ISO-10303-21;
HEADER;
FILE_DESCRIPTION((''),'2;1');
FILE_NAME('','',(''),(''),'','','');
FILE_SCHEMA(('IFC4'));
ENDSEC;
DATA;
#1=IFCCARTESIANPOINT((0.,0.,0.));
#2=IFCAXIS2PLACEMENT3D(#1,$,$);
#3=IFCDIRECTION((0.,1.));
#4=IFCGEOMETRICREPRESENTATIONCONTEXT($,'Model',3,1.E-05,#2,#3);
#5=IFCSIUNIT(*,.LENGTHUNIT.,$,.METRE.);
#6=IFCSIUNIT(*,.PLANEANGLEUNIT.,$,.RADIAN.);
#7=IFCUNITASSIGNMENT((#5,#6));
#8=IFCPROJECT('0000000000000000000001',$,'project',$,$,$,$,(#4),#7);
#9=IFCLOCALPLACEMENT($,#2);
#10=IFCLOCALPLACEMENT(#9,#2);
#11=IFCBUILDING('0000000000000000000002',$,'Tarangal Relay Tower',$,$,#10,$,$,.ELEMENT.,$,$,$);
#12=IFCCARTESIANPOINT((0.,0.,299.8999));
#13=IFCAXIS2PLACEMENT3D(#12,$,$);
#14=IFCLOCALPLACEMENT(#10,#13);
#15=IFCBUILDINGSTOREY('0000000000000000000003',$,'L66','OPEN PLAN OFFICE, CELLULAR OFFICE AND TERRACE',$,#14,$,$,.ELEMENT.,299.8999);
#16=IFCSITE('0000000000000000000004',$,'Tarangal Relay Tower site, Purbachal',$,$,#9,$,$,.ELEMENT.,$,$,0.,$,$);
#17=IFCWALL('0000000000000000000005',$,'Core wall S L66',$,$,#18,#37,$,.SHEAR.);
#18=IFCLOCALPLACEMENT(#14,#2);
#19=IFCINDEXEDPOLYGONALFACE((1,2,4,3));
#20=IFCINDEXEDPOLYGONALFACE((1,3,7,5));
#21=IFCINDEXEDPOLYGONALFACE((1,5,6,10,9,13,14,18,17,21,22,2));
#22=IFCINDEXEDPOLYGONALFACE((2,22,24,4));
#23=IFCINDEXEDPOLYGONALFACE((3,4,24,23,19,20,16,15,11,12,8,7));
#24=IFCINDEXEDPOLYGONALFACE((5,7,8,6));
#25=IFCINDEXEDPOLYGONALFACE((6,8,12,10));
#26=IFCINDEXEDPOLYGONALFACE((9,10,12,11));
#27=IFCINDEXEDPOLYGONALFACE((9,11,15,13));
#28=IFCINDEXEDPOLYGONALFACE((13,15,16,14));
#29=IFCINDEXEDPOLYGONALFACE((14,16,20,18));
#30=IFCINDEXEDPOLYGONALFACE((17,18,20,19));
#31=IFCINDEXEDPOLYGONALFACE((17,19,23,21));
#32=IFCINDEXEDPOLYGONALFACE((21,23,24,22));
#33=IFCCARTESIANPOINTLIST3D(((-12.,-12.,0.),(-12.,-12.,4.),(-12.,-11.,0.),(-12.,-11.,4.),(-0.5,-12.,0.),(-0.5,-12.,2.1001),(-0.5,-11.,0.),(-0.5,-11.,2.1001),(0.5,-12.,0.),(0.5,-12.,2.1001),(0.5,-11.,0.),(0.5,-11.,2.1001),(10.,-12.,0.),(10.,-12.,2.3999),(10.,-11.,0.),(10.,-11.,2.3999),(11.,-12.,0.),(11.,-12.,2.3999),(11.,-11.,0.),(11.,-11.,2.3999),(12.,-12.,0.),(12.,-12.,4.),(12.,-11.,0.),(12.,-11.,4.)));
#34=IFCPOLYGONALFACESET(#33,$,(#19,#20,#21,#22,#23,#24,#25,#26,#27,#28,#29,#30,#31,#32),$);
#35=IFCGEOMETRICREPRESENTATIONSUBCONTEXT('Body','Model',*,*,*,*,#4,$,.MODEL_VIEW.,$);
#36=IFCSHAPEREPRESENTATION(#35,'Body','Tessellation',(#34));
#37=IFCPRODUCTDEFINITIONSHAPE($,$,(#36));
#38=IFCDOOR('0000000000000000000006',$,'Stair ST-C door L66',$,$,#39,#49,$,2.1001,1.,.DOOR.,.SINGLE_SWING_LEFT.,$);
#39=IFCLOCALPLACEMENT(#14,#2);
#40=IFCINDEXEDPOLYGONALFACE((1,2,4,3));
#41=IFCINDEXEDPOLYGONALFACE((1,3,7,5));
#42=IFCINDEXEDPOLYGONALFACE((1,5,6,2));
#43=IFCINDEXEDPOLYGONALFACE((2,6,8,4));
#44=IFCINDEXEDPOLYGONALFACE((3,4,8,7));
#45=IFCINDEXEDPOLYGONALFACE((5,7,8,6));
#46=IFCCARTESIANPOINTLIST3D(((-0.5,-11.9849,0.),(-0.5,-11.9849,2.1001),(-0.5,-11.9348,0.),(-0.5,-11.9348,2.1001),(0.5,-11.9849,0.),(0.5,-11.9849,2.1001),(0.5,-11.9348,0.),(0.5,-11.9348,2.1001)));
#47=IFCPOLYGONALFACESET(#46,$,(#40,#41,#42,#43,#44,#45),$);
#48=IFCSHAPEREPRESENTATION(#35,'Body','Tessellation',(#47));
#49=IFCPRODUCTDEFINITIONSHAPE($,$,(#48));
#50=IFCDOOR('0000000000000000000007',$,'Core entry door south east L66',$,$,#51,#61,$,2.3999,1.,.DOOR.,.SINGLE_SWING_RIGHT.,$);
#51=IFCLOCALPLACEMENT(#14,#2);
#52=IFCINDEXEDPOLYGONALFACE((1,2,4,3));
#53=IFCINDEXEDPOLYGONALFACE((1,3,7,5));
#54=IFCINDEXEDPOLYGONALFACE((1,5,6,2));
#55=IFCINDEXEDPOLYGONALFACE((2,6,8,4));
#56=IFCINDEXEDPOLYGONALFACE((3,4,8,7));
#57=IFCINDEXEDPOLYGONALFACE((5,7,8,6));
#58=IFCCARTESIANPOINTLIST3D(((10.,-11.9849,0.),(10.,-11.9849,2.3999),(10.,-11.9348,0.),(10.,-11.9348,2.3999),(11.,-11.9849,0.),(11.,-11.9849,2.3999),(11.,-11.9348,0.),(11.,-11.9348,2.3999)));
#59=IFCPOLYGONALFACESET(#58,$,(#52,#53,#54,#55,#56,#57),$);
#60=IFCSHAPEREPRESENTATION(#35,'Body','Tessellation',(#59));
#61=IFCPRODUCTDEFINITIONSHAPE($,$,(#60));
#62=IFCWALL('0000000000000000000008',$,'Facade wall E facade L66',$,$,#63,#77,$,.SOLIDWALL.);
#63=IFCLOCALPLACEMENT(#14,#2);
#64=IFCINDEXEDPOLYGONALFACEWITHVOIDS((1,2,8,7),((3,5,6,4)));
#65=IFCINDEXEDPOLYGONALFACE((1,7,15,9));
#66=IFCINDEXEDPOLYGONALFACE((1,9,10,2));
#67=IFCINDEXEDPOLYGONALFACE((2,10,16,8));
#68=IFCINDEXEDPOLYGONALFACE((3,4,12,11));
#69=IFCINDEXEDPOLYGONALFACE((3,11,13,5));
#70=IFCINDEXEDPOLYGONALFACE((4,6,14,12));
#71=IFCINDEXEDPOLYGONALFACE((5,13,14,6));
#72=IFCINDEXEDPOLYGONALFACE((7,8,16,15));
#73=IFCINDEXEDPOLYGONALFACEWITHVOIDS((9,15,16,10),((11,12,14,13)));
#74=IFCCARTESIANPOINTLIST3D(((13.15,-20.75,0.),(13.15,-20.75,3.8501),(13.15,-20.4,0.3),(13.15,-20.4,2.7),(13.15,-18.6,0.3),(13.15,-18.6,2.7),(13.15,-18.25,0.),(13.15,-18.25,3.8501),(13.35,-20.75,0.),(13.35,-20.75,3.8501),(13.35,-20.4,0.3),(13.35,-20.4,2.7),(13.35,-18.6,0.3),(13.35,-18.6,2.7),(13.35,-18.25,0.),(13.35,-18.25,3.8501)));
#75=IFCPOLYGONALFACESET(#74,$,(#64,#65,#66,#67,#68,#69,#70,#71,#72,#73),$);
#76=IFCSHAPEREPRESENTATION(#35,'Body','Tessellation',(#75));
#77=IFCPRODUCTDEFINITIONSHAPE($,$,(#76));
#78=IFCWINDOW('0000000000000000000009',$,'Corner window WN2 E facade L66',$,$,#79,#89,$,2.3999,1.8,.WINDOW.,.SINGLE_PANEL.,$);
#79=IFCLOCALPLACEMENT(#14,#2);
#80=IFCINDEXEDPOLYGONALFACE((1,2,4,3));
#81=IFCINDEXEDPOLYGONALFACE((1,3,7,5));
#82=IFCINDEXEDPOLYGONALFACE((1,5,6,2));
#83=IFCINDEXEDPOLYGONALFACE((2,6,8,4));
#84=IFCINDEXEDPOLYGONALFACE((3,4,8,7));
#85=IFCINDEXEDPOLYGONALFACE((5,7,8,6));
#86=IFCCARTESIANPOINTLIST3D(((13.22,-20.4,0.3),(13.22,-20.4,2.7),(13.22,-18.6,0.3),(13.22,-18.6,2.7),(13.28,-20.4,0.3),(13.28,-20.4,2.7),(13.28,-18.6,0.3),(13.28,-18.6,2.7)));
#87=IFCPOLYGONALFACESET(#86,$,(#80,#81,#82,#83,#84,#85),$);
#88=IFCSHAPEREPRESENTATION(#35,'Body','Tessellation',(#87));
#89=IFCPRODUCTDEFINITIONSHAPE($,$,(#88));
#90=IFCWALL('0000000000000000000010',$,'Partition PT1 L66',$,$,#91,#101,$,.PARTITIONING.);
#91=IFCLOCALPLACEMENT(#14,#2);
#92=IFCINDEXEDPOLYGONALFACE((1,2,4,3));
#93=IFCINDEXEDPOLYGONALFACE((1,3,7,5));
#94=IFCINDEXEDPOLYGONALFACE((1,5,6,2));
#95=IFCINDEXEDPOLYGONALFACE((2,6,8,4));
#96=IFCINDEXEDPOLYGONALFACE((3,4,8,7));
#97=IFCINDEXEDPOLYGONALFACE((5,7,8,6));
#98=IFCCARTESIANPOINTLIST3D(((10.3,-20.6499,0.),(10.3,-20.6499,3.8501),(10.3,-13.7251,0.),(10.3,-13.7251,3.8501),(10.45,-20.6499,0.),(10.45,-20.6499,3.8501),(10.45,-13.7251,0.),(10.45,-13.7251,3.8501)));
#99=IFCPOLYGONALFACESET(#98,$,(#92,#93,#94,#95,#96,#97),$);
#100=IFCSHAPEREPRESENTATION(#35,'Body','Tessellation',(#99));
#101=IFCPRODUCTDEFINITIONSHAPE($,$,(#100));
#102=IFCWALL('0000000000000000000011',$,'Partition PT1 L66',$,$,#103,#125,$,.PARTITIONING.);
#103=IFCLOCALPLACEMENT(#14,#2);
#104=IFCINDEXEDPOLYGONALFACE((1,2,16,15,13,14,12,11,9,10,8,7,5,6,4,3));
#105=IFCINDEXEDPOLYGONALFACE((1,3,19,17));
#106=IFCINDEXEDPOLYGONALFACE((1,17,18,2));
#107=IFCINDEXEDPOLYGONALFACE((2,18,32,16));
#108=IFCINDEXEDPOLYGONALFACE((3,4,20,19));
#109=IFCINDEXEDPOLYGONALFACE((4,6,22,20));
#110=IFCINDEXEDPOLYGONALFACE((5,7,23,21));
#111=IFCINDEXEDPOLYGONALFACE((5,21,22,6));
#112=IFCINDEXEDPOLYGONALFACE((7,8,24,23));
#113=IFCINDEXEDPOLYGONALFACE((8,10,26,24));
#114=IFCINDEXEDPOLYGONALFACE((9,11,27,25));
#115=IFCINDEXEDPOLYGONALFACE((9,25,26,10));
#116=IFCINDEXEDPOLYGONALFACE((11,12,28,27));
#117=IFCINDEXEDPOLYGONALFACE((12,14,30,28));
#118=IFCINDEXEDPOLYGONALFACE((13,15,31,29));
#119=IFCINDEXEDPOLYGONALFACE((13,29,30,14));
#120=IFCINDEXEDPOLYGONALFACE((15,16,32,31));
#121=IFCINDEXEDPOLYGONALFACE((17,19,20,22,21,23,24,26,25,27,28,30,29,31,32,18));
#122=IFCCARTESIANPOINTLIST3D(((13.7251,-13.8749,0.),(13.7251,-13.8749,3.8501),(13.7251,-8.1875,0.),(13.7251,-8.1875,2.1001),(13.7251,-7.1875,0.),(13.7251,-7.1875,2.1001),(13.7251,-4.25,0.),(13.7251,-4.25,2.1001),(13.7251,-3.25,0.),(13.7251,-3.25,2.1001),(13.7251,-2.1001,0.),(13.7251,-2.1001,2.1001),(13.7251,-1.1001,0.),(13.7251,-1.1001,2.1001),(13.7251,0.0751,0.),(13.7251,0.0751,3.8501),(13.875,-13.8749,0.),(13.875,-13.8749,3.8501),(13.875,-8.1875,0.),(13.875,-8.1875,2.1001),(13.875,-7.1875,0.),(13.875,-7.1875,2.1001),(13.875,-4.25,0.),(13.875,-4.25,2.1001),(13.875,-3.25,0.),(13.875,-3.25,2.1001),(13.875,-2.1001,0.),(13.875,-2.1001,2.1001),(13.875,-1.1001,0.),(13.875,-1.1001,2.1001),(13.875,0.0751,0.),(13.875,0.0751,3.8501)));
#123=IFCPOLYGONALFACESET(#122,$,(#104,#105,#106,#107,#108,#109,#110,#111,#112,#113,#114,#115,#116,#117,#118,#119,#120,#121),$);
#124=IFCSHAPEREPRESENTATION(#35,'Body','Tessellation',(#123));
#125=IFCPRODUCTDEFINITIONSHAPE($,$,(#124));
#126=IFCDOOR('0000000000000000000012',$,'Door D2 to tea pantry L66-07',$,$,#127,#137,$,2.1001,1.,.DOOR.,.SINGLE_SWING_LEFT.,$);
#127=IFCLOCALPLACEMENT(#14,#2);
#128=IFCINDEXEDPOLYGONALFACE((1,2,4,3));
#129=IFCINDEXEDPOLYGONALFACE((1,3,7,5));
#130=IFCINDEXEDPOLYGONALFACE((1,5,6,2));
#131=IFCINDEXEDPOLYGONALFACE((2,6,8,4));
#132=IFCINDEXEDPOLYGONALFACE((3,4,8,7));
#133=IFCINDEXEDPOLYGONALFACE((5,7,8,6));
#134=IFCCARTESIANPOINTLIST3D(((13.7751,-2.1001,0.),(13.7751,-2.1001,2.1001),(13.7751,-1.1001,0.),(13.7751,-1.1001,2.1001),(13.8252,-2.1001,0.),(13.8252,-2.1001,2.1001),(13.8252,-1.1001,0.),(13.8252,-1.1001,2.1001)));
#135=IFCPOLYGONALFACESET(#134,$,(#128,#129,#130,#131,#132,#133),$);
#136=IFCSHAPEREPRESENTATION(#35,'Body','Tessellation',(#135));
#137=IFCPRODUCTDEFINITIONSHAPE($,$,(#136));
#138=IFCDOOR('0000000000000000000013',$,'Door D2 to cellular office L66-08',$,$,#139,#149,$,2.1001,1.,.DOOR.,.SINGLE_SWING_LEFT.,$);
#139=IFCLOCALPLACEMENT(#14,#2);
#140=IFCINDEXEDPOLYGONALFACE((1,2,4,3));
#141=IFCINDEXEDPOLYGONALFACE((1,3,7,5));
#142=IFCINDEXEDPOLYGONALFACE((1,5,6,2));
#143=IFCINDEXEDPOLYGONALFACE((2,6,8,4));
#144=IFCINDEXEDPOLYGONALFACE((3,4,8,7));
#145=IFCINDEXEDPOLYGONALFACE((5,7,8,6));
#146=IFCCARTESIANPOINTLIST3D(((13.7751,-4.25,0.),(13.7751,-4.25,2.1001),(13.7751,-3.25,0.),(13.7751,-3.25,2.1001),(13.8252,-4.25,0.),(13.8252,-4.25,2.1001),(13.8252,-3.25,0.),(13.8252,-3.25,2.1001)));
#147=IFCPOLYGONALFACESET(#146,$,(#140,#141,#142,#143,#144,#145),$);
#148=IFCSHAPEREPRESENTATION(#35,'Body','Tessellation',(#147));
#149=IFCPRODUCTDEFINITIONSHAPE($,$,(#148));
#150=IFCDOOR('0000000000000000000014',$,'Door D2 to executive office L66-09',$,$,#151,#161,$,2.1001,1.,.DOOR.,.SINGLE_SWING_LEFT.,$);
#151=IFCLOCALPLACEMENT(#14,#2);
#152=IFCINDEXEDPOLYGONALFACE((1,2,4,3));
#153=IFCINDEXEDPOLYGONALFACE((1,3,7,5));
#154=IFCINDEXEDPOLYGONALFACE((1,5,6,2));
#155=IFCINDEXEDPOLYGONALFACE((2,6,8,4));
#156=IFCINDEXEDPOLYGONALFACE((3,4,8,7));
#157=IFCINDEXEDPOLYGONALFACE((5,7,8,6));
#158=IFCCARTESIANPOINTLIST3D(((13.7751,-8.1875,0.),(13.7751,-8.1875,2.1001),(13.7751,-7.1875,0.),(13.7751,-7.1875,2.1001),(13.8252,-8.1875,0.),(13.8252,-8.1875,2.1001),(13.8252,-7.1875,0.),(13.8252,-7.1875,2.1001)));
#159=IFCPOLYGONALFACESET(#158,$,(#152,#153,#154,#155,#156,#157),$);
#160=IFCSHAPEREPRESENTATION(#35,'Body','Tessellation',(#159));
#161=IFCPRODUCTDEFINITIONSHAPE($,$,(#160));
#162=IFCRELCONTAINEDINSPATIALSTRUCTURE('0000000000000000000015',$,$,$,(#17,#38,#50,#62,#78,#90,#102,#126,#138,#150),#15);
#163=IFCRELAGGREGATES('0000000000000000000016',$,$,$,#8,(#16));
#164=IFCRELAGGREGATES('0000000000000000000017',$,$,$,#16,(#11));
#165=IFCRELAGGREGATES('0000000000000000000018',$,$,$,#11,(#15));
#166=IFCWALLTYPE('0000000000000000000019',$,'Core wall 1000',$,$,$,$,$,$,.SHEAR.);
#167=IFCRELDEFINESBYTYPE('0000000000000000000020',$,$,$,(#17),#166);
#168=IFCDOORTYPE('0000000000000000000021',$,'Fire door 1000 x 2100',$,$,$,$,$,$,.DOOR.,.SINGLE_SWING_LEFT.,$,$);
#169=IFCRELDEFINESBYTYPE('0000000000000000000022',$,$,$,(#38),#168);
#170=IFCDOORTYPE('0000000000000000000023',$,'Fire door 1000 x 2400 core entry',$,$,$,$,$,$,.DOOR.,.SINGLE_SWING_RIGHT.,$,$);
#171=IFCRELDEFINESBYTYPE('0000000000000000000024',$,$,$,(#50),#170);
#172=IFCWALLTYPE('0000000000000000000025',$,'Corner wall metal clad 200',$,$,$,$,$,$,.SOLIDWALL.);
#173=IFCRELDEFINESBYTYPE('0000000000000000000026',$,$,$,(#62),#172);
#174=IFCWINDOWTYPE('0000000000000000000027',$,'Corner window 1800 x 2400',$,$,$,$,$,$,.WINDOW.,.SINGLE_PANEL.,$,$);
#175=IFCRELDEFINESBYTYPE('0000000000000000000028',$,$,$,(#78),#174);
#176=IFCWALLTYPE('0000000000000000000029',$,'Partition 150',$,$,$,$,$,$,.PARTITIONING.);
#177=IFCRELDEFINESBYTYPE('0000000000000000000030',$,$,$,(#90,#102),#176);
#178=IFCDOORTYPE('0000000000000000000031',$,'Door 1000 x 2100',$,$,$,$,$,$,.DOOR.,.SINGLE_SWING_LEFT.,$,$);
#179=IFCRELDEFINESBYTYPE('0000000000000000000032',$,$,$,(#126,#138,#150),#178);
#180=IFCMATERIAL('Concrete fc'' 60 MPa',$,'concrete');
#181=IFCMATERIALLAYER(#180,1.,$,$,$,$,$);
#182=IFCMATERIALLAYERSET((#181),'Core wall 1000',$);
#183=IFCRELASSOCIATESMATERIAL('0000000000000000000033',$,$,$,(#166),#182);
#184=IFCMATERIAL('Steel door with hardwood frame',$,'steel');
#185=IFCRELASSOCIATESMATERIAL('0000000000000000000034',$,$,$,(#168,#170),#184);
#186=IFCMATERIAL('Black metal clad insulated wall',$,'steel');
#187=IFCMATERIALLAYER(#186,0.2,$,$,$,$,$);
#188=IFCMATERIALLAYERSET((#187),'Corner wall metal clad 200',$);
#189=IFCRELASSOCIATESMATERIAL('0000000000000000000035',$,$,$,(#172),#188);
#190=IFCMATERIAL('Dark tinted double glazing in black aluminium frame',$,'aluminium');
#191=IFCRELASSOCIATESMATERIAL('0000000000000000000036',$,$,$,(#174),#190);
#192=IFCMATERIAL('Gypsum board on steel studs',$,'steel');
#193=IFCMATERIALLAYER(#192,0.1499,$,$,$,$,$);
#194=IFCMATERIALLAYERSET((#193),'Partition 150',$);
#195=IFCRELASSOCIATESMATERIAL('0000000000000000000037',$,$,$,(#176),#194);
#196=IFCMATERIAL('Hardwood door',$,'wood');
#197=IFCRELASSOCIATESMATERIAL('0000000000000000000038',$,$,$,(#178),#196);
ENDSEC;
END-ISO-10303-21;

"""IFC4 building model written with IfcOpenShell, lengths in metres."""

from ifc_helpers import new_model, si_unit, direction, frame, frame_2d, origin, place, context, subcontext, project, spatial, rectangle, extrude, material, layer, layer_set, type_object, element, fill, save


model = new_model("IFC4")

# Units and contexts
model_context = context("Model", 3, precision=1e-05, world=origin(), true_north=direction((0.0, 1.0)))
body_context = subcontext(model_context, "Body", "Model", "MODEL_VIEW")
ifc_project = project(units=[si_unit("LENGTHUNIT", "METRE"), si_unit("PLANEANGLEUNIT", "RADIAN")], contexts=[model_context])

# Site, building, storey
site_placement = place(None, origin())
site = spatial("IfcSite", under=ifc_project, at=site_placement, Name="Tarangal Relay Tower site, Purbachal", CompositionType="ELEMENT", RefElevation=0.0)
building_placement = place(site_placement, origin())
building = spatial("IfcBuilding", under=site, at=building_placement, Name="Tarangal Relay Tower", CompositionType="ELEMENT")
storey_placement = place(building_placement, frame((0.0, 0.0, 299.8999)))
storey = spatial("IfcBuildingStorey", under=building, at=storey_placement, Name="L66", Description="OPEN PLAN OFFICE, CELLULAR OFFICE AND TERRACE", CompositionType="ELEMENT", Elevation=299.8999)

# Wall, openings, doors
ifc_material_1 = material(Name="Concrete fc' 60 MPa", Category="concrete")
ifc_layer_1 = layer(ifc_material_1, 1.0)
ifc_layer_set_1 = layer_set([ifc_layer_1], Name="Core wall 1000")
wall_type_1 = type_object("IfcWallType", Name="Core wall 1000", PredefinedType="SHEAR", material=ifc_layer_set_1)
wall_1_placement = place(storey_placement, frame((12.0, -11.5, 0.0), z_axis=(0.0, 0.0, 1.0), x_axis=(-1.0, 0.0, 0.0)))
wall_1 = element("IfcWall", 1, at=wall_1_placement, inside=storey, type_object=wall_type_1, Name="Core wall S L66", PredefinedType="SHEAR", context=body_context, shape_type="SweptSolid", body=[
    extrude(rectangle(XDim=24.0, YDim=1.0, at=frame_2d((12.0, 0.0))), origin(), (0.0, 0.0, 1.0), 4.0),
])
opening_1_placement = place(wall_1_placement, frame((11.5, 0.0, 0.0)))
opening_1 = element("IfcOpeningElement", 2, at=opening_1_placement, cuts=wall_1, PredefinedType="OPENING", context=body_context, shape_type="SweptSolid", body=[
    extrude(rectangle(XDim=1.0, YDim=2.1001, at=frame_2d((0.5, 1.05))), frame((0.0, 0.51, 0.0), z_axis=(0.0, -1.0, 0.0), x_axis=(1.0, 0.0, 0.0)), (0.0, 0.0, 1.0), 1.02),
])
opening_2_placement = place(wall_1_placement, frame((1.0, 0.0, 0.0)))
opening_2 = element("IfcOpeningElement", 3, at=opening_2_placement, cuts=wall_1, PredefinedType="OPENING", context=body_context, shape_type="SweptSolid", body=[
    extrude(rectangle(XDim=1.0, YDim=2.3999, at=frame_2d((0.5, 1.2))), frame((0.0, 0.51, 0.0), z_axis=(0.0, -1.0, 0.0), x_axis=(1.0, 0.0, 0.0)), (0.0, 0.0, 1.0), 1.02),
])
ifc_material_2 = material(Name="Steel door with hardwood frame", Category="steel")
door_type_1 = type_object("IfcDoorType", Name="Fire door 1000 x 2100", OperationType="SINGLE_SWING_LEFT", PredefinedType="DOOR", material=ifc_material_2)
door_1_placement = place(opening_1_placement, origin())
door_1 = element("IfcDoor", 4, at=door_1_placement, inside=storey, type_object=door_type_1, Name="Stair ST-C door L66", OperationType="SINGLE_SWING_LEFT", OverallHeight=2.1001, OverallWidth=1.0, PredefinedType="DOOR", context=body_context, shape_type="SweptSolid", body=[
    extrude(rectangle(XDim=1.0, YDim=2.1001, at=frame_2d((0.5, 1.05))), frame((0.0, 0.4849, 0.0), z_axis=(0.0, -1.0, 0.0), x_axis=(1.0, 0.0, 0.0)), (0.0, 0.0, 1.0), 0.05),
])
fill(opening_1, door_1)
door_type_2 = type_object("IfcDoorType", Name="Fire door 1000 x 2400 core entry", OperationType="SINGLE_SWING_RIGHT", PredefinedType="DOOR", material=ifc_material_2)
door_2_placement = place(opening_2_placement, origin())
door_2 = element("IfcDoor", 5, at=door_2_placement, inside=storey, type_object=door_type_2, Name="Core entry door south east L66", OperationType="SINGLE_SWING_RIGHT", OverallHeight=2.3999, OverallWidth=1.0, PredefinedType="DOOR", context=body_context, shape_type="SweptSolid", body=[
    extrude(rectangle(XDim=1.0, YDim=2.3999, at=frame_2d((0.5, 1.2))), frame((0.0, 0.4849, 0.0), z_axis=(0.0, -1.0, 0.0), x_axis=(1.0, 0.0, 0.0)), (0.0, 0.0, 1.0), 0.05),
])
fill(opening_2, door_2)

# Wall, opening, window
ifc_material_3 = material(Name="Black metal clad insulated wall", Category="steel")
ifc_layer_2 = layer(ifc_material_3, 0.2)
ifc_layer_set_2 = layer_set([ifc_layer_2], Name="Corner wall metal clad 200")
wall_type_2 = type_object("IfcWallType", Name="Corner wall metal clad 200", PredefinedType="SOLIDWALL", material=ifc_layer_set_2)
wall_2_placement = place(storey_placement, frame((13.25, -18.25, 0.0), z_axis=(0.0, 0.0, 1.0), x_axis=(0.0, -1.0, 0.0)))
wall_2 = element("IfcWall", 6, at=wall_2_placement, inside=storey, type_object=wall_type_2, Name="Facade wall E facade L66", PredefinedType="SOLIDWALL", context=body_context, shape_type="SweptSolid", body=[
    extrude(rectangle(XDim=2.5, YDim=0.2, at=frame_2d((1.25, 0.0))), origin(), (0.0, 0.0, 1.0), 3.8501),
])
opening_3_placement = place(wall_2_placement, frame((0.3501, 0.0, 0.3)))
opening_3 = element("IfcOpeningElement", 7, at=opening_3_placement, cuts=wall_2, PredefinedType="OPENING", context=body_context, shape_type="SweptSolid", body=[
    extrude(rectangle(XDim=1.8, YDim=2.3999, at=frame_2d((0.8999, 1.2))), frame((0.0, 0.1099, 0.0), z_axis=(0.0, -1.0, 0.0), x_axis=(1.0, 0.0, 0.0)), (0.0, 0.0, 1.0), 0.22),
])
ifc_material_4 = material(Name="Dark tinted double glazing in black aluminium frame", Category="aluminium")
window_type = type_object("IfcWindowType", Name="Corner window 1800 x 2400", PartitioningType="SINGLE_PANEL", PredefinedType="WINDOW", material=ifc_material_4)
window_placement = place(opening_3_placement, origin())
window = element("IfcWindow", 8, at=window_placement, inside=storey, type_object=window_type, Name="Corner window WN2 E facade L66", OverallHeight=2.3999, OverallWidth=1.8, PartitioningType="SINGLE_PANEL", PredefinedType="WINDOW", context=body_context, shape_type="SweptSolid", body=[
    extrude(rectangle(XDim=1.8, YDim=2.3999, at=frame_2d((0.8999, 1.2))), frame((0.0, 0.03, 0.0), z_axis=(0.0, -1.0, 0.0), x_axis=(1.0, 0.0, 0.0)), (0.0, 0.0, 1.0), 0.0601),
])
fill(opening_3, window)

# Wall
ifc_material_5 = material(Name="Gypsum board on steel studs", Category="steel")
ifc_layer_3 = layer(ifc_material_5, 0.1499)
ifc_layer_set_3 = layer_set([ifc_layer_3], Name="Partition 150")
wall_type_3 = type_object("IfcWallType", Name="Partition 150", PredefinedType="PARTITIONING", material=ifc_layer_set_3)
wall_3_placement = place(storey_placement, frame((10.375, -20.6499, 0.0), z_axis=(0.0, 0.0, 1.0), x_axis=(0.0, 1.0, 0.0)))
element("IfcWall", 9, at=wall_3_placement, inside=storey, type_object=wall_type_3, Name="Partition PT1 L66", PredefinedType="PARTITIONING", context=body_context, shape_type="SweptSolid", body=[
    extrude(rectangle(XDim=6.9248, YDim=0.1499, at=frame_2d((3.4624, 0.0))), origin(), (0.0, 0.0, 1.0), 3.8501),
])

# Wall, openings, doors
wall_4_placement = place(storey_placement, frame((13.8, -13.875, 0.0), z_axis=(0.0, 0.0, 1.0), x_axis=(0.0, 1.0, 0.0)))
wall_4 = element("IfcWall", 10, at=wall_4_placement, inside=storey, type_object=wall_type_3, Name="Partition PT1 L66", PredefinedType="PARTITIONING", context=body_context, shape_type="SweptSolid", body=[
    extrude(rectangle(XDim=13.95, YDim=0.1499, at=frame_2d((6.9751, 0.0))), origin(), (0.0, 0.0, 1.0), 3.8501),
])
opening_4_placement = place(wall_4_placement, frame((11.7749, 0.0, 0.0)))
opening_4 = element("IfcOpeningElement", 11, at=opening_4_placement, cuts=wall_4, PredefinedType="OPENING", context=body_context, shape_type="SweptSolid", body=[
    extrude(rectangle(XDim=1.0, YDim=2.1001, at=frame_2d((0.5, 1.05))), frame((0.0, 0.085, 0.0), z_axis=(0.0, -1.0, 0.0), x_axis=(1.0, 0.0, 0.0)), (0.0, 0.0, 1.0), 0.1699),
])
opening_5_placement = place(wall_4_placement, frame((9.625, 0.0, 0.0)))
opening_5 = element("IfcOpeningElement", 12, at=opening_5_placement, cuts=wall_4, PredefinedType="OPENING", context=body_context, shape_type="SweptSolid", body=[
    extrude(rectangle(XDim=1.0, YDim=2.1001, at=frame_2d((0.5, 1.05))), frame((0.0, 0.085, 0.0), z_axis=(0.0, -1.0, 0.0), x_axis=(1.0, 0.0, 0.0)), (0.0, 0.0, 1.0), 0.1699),
])
opening_6_placement = place(wall_4_placement, frame((5.6875, 0.0, 0.0)))
opening_6 = element("IfcOpeningElement", 13, at=opening_6_placement, cuts=wall_4, PredefinedType="OPENING", context=body_context, shape_type="SweptSolid", body=[
    extrude(rectangle(XDim=1.0, YDim=2.1001, at=frame_2d((0.5, 1.05))), frame((0.0, 0.085, 0.0), z_axis=(0.0, -1.0, 0.0), x_axis=(1.0, 0.0, 0.0)), (0.0, 0.0, 1.0), 0.1699),
])
ifc_material_6 = material(Name="Hardwood door", Category="wood")
door_type_3 = type_object("IfcDoorType", Name="Door 1000 x 2100", OperationType="SINGLE_SWING_LEFT", PredefinedType="DOOR", material=ifc_material_6)
door_3_placement = place(opening_4_placement, origin())
door_3 = element("IfcDoor", 14, at=door_3_placement, inside=storey, type_object=door_type_3, Name="Door D2 to tea pantry L66-07", OperationType="SINGLE_SWING_LEFT", OverallHeight=2.1001, OverallWidth=1.0, PredefinedType="DOOR", context=body_context, shape_type="SweptSolid", body=[
    extrude(rectangle(XDim=1.0, YDim=2.1001, at=frame_2d((0.5, 1.05))), frame((0.0, 0.0249, 0.0), z_axis=(0.0, -1.0, 0.0), x_axis=(1.0, 0.0, 0.0)), (0.0, 0.0, 1.0), 0.05),
])
fill(opening_4, door_3)
door_4_placement = place(opening_5_placement, origin())
door_4 = element("IfcDoor", 15, at=door_4_placement, inside=storey, type_object=door_type_3, Name="Door D2 to cellular office L66-08", OperationType="SINGLE_SWING_LEFT", OverallHeight=2.1001, OverallWidth=1.0, PredefinedType="DOOR", context=body_context, shape_type="SweptSolid", body=[
    extrude(rectangle(XDim=1.0, YDim=2.1001, at=frame_2d((0.5, 1.05))), frame((0.0, 0.0249, 0.0), z_axis=(0.0, -1.0, 0.0), x_axis=(1.0, 0.0, 0.0)), (0.0, 0.0, 1.0), 0.05),
])
fill(opening_5, door_4)
door_5_placement = place(opening_6_placement, origin())
door_5 = element("IfcDoor", 16, at=door_5_placement, inside=storey, type_object=door_type_3, Name="Door D2 to executive office L66-09", OperationType="SINGLE_SWING_LEFT", OverallHeight=2.1001, OverallWidth=1.0, PredefinedType="DOOR", context=body_context, shape_type="SweptSolid", body=[
    extrude(rectangle(XDim=1.0, YDim=2.1001, at=frame_2d((0.5, 1.05))), frame((0.0, 0.0249, 0.0), z_axis=(0.0, -1.0, 0.0), x_axis=(1.0, 0.0, 0.0)), (0.0, 0.0, 1.0), 0.05),
])
fill(opening_6, door_5)

save(model, "model.ifc")
